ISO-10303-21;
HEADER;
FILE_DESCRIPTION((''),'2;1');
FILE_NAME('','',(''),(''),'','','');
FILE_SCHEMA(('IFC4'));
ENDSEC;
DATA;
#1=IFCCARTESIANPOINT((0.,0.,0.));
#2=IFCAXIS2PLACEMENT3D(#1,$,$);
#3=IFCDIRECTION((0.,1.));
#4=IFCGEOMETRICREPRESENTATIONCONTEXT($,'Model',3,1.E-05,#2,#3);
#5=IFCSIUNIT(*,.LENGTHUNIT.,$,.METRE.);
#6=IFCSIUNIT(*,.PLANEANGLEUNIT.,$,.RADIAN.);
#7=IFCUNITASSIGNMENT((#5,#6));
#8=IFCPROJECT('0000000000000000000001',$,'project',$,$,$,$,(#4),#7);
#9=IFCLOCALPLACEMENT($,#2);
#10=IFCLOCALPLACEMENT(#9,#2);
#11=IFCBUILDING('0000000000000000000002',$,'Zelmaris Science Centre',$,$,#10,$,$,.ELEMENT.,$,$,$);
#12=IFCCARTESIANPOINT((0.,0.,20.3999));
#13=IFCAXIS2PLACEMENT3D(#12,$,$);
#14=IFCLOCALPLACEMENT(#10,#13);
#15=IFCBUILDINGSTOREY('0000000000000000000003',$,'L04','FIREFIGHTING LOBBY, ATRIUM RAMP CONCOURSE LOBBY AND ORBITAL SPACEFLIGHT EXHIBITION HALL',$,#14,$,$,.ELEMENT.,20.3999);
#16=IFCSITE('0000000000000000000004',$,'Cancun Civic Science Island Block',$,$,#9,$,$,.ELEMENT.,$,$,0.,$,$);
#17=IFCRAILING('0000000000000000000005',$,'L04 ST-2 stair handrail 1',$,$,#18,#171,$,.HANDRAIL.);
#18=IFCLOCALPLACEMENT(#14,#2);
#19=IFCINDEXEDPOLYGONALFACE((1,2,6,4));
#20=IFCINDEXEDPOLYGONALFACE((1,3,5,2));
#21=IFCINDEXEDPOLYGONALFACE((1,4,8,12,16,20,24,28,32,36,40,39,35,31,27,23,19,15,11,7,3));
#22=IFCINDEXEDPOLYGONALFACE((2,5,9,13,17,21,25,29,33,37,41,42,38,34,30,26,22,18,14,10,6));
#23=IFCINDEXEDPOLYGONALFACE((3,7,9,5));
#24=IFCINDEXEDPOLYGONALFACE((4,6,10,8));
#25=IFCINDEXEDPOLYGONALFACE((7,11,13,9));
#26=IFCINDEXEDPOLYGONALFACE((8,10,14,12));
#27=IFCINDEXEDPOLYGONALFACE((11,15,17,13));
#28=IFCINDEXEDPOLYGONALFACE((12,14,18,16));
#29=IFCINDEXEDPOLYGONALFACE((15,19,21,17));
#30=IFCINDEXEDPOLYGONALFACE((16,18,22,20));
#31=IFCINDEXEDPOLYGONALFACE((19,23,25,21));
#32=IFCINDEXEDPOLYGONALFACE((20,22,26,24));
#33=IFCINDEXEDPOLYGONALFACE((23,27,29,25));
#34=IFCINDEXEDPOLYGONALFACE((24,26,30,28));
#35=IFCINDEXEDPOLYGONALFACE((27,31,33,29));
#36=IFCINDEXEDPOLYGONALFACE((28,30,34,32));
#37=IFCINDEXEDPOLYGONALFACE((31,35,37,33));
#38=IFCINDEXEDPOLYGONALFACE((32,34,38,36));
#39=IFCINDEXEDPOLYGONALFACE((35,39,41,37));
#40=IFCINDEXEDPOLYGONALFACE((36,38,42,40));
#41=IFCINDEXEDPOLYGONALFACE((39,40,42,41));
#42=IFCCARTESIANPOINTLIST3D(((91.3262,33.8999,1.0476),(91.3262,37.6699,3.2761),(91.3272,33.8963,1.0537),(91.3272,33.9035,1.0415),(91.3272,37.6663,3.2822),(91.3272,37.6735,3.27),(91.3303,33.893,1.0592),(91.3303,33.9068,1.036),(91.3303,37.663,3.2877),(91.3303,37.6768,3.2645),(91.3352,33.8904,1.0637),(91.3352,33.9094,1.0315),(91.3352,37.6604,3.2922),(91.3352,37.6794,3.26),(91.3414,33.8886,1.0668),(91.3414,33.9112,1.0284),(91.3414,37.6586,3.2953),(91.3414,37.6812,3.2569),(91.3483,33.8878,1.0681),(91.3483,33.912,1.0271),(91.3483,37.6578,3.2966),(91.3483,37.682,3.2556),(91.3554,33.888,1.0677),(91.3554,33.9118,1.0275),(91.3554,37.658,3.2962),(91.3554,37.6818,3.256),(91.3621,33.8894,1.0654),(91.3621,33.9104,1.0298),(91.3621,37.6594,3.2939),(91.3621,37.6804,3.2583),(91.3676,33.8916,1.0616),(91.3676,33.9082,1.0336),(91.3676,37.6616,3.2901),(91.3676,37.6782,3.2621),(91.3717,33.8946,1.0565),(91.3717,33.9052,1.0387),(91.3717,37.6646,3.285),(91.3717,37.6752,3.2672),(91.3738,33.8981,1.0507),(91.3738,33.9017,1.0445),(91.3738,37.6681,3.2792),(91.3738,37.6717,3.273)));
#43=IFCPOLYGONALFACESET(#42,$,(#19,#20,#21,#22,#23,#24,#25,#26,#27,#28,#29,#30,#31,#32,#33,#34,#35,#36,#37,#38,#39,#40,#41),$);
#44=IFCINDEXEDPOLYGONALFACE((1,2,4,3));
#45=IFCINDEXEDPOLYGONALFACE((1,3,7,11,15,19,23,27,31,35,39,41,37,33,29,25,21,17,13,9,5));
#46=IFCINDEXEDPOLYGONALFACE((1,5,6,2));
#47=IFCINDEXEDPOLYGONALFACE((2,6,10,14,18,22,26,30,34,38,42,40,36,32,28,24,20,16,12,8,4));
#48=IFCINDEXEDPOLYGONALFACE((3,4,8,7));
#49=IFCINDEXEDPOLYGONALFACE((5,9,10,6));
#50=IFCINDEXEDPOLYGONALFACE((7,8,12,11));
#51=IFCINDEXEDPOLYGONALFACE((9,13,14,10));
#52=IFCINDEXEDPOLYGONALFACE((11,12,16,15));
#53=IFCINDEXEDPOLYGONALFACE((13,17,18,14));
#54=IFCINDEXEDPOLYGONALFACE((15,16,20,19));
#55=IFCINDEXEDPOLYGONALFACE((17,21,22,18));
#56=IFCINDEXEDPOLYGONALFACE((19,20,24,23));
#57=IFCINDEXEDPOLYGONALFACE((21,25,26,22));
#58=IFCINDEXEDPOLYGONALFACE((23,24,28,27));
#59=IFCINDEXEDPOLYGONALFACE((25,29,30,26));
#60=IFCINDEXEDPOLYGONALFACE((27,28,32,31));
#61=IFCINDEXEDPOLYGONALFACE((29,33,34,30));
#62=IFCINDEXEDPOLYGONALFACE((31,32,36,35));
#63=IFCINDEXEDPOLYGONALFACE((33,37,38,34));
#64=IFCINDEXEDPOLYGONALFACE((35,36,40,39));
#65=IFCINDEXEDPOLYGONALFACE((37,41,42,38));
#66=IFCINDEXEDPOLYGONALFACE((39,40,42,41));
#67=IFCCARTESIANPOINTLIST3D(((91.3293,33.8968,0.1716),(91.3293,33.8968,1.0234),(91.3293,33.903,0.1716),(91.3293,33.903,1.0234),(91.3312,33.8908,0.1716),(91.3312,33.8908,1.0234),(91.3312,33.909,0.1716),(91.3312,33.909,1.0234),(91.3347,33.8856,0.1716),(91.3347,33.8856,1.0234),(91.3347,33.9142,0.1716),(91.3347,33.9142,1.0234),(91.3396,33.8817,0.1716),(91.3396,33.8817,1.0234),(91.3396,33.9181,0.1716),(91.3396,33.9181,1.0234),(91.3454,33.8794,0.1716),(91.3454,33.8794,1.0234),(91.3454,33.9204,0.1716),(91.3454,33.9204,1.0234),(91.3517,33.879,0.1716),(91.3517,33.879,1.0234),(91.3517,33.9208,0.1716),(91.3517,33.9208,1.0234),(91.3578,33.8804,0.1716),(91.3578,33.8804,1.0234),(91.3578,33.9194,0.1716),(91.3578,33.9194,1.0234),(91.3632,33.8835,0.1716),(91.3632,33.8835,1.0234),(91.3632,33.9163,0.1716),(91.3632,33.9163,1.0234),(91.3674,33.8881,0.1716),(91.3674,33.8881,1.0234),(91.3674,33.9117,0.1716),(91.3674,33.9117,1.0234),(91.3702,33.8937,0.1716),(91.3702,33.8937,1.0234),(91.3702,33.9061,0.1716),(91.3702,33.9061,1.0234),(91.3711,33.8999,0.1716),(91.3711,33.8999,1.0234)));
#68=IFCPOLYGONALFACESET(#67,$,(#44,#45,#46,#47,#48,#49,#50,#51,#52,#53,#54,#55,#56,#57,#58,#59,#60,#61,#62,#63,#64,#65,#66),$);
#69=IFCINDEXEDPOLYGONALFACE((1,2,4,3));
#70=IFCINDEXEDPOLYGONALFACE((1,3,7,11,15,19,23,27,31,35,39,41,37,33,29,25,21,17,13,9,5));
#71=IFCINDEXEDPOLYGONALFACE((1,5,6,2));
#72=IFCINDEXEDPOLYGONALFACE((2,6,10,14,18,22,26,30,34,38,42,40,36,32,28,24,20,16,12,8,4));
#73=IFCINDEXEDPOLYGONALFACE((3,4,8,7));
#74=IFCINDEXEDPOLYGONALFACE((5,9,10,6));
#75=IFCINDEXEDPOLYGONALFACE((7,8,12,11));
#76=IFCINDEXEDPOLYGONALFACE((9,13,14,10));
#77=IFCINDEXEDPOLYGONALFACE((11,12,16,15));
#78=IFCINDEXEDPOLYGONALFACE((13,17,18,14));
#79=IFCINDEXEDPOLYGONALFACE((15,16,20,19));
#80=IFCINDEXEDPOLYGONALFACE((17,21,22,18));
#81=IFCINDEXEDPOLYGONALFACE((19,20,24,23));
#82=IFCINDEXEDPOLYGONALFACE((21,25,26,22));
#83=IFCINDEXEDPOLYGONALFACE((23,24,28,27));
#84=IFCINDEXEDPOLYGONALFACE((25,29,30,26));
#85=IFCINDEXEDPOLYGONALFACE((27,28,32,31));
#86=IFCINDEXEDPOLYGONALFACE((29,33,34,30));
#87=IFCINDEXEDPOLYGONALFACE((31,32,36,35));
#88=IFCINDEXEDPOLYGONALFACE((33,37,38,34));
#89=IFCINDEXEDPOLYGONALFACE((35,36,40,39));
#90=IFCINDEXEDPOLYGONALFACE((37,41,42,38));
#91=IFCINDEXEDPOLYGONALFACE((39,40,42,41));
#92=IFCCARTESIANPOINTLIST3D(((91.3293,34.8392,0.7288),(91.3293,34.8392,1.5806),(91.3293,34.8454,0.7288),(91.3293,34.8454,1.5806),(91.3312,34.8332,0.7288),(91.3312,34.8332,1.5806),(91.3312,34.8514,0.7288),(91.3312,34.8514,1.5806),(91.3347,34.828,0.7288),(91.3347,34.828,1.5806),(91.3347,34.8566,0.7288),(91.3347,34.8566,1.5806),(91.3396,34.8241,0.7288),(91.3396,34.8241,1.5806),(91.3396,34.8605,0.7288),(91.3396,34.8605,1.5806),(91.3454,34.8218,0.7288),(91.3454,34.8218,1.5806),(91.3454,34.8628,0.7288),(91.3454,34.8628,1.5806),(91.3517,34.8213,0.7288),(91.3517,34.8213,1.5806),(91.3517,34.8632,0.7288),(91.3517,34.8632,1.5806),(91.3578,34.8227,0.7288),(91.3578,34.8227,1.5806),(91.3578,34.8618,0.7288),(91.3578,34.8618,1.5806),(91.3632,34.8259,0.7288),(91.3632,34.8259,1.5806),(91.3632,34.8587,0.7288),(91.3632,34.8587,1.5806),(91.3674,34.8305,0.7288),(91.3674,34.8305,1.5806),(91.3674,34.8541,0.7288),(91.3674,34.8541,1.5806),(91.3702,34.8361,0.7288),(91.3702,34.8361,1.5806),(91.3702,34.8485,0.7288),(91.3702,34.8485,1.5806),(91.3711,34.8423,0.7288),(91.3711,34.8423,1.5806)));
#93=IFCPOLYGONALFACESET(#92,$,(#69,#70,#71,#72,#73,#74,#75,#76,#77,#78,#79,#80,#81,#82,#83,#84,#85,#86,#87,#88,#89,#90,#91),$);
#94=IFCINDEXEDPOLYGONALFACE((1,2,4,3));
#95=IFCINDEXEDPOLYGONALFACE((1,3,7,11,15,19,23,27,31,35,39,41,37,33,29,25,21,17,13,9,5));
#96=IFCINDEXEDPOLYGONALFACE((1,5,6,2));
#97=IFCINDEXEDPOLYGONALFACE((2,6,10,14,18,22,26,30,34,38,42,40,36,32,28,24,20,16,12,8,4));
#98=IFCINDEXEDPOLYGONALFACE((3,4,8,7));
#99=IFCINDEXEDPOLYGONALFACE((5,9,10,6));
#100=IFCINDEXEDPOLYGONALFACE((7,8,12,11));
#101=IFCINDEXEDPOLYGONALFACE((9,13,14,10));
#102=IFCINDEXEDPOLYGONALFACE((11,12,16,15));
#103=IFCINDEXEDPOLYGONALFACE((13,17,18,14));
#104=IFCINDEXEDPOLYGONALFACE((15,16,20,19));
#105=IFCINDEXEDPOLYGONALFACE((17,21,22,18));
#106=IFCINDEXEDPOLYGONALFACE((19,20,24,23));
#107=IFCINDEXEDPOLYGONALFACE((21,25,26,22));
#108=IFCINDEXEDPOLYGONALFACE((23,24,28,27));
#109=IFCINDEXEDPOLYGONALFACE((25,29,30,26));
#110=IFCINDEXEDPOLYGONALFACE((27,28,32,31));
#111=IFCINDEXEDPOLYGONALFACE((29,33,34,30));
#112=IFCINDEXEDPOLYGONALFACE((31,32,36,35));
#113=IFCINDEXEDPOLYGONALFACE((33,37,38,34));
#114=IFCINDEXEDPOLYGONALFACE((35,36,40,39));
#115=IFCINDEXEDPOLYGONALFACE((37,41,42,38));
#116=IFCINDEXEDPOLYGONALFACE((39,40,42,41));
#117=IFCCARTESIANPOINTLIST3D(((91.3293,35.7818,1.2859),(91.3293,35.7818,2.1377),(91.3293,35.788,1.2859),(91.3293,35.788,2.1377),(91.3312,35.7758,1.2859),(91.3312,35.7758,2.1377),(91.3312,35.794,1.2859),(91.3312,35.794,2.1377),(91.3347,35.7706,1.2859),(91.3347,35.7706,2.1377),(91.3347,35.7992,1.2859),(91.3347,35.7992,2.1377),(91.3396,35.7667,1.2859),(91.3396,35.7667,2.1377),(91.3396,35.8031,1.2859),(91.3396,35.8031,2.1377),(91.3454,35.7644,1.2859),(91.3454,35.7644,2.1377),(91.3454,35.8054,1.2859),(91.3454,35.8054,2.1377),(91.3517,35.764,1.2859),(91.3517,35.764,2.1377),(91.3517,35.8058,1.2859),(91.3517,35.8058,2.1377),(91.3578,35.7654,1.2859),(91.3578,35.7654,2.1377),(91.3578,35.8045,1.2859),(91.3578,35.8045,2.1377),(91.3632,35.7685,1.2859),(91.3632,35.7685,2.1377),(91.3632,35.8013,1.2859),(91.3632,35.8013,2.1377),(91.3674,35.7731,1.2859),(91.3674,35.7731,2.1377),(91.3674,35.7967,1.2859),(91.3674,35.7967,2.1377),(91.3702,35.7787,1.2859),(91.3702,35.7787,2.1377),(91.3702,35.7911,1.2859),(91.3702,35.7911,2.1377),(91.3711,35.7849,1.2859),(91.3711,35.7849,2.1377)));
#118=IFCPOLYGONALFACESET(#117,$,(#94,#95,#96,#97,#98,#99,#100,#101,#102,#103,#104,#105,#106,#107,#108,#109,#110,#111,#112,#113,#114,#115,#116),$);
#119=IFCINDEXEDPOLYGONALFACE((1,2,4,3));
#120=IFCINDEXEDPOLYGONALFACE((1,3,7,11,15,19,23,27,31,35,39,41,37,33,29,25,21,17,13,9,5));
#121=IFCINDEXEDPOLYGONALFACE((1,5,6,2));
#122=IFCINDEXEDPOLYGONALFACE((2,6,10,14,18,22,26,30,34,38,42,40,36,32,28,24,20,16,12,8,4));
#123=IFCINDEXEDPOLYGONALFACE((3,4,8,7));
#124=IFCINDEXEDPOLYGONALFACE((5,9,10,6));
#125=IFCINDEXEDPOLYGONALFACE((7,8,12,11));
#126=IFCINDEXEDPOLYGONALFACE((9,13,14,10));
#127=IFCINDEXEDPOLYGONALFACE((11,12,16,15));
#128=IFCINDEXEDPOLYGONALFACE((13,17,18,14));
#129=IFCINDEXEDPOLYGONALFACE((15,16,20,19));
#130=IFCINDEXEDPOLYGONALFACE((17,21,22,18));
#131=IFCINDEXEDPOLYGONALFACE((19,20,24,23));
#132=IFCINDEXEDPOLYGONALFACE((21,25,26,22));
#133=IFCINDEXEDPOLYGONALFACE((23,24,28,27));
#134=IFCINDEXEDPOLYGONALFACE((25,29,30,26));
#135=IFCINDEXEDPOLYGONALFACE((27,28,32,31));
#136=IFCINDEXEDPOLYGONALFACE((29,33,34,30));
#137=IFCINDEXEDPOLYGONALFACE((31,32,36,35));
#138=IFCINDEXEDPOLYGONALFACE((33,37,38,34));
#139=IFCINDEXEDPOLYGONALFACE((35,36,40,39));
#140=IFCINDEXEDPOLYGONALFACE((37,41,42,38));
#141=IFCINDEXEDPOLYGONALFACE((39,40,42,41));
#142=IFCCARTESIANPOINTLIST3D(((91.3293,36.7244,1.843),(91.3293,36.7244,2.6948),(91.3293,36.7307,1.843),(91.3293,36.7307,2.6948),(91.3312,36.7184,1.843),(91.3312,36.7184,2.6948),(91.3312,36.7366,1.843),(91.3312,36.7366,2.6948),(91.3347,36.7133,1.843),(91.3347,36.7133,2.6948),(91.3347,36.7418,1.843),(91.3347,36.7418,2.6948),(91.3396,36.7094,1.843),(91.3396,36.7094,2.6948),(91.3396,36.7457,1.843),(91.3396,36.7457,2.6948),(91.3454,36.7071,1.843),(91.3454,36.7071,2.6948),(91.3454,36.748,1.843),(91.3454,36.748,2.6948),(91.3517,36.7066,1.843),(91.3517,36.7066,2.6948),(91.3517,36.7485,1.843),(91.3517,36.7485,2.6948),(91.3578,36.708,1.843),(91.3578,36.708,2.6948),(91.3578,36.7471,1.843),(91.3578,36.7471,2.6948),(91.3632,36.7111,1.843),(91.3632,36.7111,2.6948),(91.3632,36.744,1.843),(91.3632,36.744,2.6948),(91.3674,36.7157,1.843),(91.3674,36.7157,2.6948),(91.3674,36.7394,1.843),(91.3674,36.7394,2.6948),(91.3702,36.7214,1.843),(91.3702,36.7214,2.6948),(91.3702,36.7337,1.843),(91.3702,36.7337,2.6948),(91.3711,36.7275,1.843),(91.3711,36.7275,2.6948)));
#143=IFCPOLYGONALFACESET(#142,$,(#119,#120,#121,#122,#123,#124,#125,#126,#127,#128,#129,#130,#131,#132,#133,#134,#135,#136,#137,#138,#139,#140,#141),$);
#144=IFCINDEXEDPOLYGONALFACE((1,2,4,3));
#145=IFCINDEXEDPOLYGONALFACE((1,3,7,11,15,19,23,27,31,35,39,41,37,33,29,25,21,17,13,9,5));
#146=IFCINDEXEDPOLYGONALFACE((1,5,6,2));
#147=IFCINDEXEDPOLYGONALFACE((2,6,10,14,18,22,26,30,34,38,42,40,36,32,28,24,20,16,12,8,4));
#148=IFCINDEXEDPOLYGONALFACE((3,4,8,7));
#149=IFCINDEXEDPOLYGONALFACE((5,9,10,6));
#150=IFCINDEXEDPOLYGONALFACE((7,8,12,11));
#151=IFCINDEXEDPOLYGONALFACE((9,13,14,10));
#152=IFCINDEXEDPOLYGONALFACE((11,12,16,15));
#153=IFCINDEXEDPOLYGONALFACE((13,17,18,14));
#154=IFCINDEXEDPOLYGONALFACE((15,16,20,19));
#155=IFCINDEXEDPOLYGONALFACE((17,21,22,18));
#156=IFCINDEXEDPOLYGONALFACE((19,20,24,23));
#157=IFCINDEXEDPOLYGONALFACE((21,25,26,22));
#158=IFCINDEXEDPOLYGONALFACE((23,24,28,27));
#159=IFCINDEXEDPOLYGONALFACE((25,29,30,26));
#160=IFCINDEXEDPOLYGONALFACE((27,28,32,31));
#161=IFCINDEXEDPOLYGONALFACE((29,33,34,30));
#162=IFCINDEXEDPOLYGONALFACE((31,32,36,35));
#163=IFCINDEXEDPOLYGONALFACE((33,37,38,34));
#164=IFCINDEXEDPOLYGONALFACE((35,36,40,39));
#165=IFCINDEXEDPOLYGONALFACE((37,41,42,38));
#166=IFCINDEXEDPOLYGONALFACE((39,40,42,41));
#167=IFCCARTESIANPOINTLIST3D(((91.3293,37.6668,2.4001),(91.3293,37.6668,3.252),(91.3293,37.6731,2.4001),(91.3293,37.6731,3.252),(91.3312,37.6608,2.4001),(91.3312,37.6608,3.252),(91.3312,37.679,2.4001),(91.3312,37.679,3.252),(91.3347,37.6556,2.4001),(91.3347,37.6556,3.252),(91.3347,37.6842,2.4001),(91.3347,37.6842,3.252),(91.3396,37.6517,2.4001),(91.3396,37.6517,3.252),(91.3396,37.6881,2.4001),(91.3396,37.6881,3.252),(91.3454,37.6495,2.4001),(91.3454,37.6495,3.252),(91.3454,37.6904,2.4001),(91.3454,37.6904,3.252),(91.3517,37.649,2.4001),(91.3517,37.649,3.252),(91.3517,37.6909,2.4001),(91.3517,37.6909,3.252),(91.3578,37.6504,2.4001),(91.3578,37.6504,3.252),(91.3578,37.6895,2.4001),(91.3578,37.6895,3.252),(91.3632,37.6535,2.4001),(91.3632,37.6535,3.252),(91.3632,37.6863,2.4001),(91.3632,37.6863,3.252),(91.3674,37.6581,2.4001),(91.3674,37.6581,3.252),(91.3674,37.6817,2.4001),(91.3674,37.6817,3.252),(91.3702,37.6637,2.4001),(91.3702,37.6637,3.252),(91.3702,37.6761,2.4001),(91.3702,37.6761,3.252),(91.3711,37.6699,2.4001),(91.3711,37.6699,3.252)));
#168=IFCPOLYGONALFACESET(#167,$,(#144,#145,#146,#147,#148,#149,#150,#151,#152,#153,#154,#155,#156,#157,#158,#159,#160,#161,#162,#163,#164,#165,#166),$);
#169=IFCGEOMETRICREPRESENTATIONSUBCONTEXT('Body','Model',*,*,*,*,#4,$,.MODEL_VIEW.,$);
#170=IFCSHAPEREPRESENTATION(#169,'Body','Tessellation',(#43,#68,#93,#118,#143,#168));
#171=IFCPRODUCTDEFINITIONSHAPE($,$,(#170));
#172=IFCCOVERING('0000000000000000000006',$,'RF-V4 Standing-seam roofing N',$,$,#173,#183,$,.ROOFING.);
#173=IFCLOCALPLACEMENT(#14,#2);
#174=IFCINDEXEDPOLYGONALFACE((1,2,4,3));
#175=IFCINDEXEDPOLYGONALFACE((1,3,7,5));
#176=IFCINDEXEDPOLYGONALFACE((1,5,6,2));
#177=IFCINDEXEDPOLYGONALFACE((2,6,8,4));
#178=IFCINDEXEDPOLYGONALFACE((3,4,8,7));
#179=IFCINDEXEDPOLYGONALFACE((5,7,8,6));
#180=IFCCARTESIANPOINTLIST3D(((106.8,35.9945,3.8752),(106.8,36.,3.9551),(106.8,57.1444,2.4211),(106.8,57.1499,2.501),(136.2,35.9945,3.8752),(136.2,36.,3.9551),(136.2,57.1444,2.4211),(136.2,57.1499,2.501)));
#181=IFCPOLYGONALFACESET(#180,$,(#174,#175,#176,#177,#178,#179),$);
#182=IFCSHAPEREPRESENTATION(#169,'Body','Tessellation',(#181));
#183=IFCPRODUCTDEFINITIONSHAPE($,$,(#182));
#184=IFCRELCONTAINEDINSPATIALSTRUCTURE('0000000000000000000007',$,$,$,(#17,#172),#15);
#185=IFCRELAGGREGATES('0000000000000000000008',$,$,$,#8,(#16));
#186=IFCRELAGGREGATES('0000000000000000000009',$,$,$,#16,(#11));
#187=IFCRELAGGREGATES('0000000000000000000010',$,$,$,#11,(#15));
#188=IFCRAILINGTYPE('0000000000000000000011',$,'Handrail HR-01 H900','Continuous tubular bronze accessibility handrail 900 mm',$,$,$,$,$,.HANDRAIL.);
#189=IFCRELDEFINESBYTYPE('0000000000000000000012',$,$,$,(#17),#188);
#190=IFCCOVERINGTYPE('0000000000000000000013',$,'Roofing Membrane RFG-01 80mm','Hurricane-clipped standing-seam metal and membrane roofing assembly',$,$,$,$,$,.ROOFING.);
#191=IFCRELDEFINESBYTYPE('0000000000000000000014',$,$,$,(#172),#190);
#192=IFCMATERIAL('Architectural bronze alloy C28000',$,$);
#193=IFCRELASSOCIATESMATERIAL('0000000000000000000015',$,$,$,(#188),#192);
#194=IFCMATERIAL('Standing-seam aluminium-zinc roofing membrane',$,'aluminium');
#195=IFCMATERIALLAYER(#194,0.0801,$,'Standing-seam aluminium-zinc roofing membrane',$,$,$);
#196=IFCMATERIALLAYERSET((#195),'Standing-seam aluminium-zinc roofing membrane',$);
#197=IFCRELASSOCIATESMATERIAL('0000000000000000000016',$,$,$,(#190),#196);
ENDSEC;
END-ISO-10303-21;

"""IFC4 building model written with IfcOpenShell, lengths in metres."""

from ifc_helpers import new_model, si_unit, direction, frame, origin, origin_2d, place, context, subcontext, project, spatial, polyline, circle, outline, extrude, material, layer, layer_set, type_object, element, save


model = new_model("IFC4")

# Units and contexts
model_context = context("Model", 3, precision=1e-05, world=origin(), true_north=direction((0.0, 1.0)))
body_context = subcontext(model_context, "Body", "Model", "MODEL_VIEW")
ifc_project = project(units=[si_unit("LENGTHUNIT", "METRE"), si_unit("PLANEANGLEUNIT", "RADIAN")], contexts=[model_context])

# Site, building, storey
site_placement = place(None, origin())
site = spatial("IfcSite", under=ifc_project, at=site_placement, Name="Cancun Civic Science Island Block", CompositionType="ELEMENT", RefElevation=0.0)
building_placement = place(site_placement, origin())
building = spatial("IfcBuilding", under=site, at=building_placement, Name="Zelmaris Science Centre", CompositionType="ELEMENT")
storey_placement = place(building_placement, frame((0.0, 0.0, 20.3999)))
storey = spatial("IfcBuildingStorey", under=building, at=storey_placement, Name="L04", Description="FIREFIGHTING LOBBY, ATRIUM RAMP CONCOURSE LOBBY AND ORBITAL SPACEFLIGHT EXHIBITION HALL", CompositionType="ELEMENT", Elevation=20.3999)

# Railing
ifc_material_1 = material(Name="Architectural bronze alloy C28000")
railing_type_1 = type_object("IfcRailingType", Name="Handrail HR-01 H900", Description="Continuous tubular bronze accessibility handrail 900 mm", PredefinedType="HANDRAIL", material=ifc_material_1)
railing_1_placement = place(storey_placement, frame((91.3501, 33.8999, 0.1716)))
element("IfcRailing", 1, at=railing_1_placement, inside=storey, type_object=railing_type_1, Name="L04 ST-2 stair handrail 1", PredefinedType="HANDRAIL", context=body_context, shape_type="SweptSolid", body=[
    extrude(circle(Radius=0.0239, at=origin_2d()), frame((0.0, 0.0, 0.876), z_axis=(0.0, 0.860849, 0.508861), x_axis=(-1.0, 0.0, 0.0)), (0.0, 0.0, 1.0), 4.3794),
    extrude(circle(Radius=0.021, at=origin_2d()), origin(), (0.0, 0.0, 1.0), 0.8518),
    extrude(circle(Radius=0.021, at=origin_2d()), frame((0.0, 0.9424, 0.5571)), (0.0, 0.0, 1.0), 0.8518),
    extrude(circle(Radius=0.021, at=origin_2d()), frame((0.0, 1.885, 1.1143)), (0.0, 0.0, 1.0), 0.8518),
    extrude(circle(Radius=0.021, at=origin_2d()), frame((0.0, 2.8276, 1.6714)), (0.0, 0.0, 1.0), 0.8518),
    extrude(circle(Radius=0.021, at=origin_2d()), frame((0.0, 3.77, 2.2285)), (0.0, 0.0, 1.0), 0.8518),
])

# Covering
ifc_material_2 = material(Name="Standing-seam aluminium-zinc roofing membrane", Category="aluminium")
ifc_layer_1 = layer(ifc_material_2, 0.0801, Name="Standing-seam aluminium-zinc roofing membrane")
ifc_layer_set_1 = layer_set([ifc_layer_1], Name="Standing-seam aluminium-zinc roofing membrane")
covering_type = type_object("IfcCoveringType", Name="Roofing Membrane RFG-01 80mm", Description="Hurricane-clipped standing-seam metal and membrane roofing assembly", PredefinedType="ROOFING", material=ifc_layer_set_1)
covering_placement = place(storey_placement, frame((106.8, 36.0, 3.9551), z_axis=(0.0, 0.06859, 0.997645), x_axis=(1.0, 0.0, 0.0)))
element("IfcCovering", 2, at=covering_placement, inside=storey, type_object=covering_type, Name="RF-V4 Standing-seam roofing N", PredefinedType="ROOFING", context=body_context, shape_type="SweptSolid", body=[
    extrude(outline(polyline([(0.0, 0.0), (29.3999, 0.0), (29.3999, 21.1998), (0.0, 21.1998), (0.0, 0.0)])), origin(), (0.0, 0.0, -1.0), 0.0801),
])

save(model, "model.ifc")
